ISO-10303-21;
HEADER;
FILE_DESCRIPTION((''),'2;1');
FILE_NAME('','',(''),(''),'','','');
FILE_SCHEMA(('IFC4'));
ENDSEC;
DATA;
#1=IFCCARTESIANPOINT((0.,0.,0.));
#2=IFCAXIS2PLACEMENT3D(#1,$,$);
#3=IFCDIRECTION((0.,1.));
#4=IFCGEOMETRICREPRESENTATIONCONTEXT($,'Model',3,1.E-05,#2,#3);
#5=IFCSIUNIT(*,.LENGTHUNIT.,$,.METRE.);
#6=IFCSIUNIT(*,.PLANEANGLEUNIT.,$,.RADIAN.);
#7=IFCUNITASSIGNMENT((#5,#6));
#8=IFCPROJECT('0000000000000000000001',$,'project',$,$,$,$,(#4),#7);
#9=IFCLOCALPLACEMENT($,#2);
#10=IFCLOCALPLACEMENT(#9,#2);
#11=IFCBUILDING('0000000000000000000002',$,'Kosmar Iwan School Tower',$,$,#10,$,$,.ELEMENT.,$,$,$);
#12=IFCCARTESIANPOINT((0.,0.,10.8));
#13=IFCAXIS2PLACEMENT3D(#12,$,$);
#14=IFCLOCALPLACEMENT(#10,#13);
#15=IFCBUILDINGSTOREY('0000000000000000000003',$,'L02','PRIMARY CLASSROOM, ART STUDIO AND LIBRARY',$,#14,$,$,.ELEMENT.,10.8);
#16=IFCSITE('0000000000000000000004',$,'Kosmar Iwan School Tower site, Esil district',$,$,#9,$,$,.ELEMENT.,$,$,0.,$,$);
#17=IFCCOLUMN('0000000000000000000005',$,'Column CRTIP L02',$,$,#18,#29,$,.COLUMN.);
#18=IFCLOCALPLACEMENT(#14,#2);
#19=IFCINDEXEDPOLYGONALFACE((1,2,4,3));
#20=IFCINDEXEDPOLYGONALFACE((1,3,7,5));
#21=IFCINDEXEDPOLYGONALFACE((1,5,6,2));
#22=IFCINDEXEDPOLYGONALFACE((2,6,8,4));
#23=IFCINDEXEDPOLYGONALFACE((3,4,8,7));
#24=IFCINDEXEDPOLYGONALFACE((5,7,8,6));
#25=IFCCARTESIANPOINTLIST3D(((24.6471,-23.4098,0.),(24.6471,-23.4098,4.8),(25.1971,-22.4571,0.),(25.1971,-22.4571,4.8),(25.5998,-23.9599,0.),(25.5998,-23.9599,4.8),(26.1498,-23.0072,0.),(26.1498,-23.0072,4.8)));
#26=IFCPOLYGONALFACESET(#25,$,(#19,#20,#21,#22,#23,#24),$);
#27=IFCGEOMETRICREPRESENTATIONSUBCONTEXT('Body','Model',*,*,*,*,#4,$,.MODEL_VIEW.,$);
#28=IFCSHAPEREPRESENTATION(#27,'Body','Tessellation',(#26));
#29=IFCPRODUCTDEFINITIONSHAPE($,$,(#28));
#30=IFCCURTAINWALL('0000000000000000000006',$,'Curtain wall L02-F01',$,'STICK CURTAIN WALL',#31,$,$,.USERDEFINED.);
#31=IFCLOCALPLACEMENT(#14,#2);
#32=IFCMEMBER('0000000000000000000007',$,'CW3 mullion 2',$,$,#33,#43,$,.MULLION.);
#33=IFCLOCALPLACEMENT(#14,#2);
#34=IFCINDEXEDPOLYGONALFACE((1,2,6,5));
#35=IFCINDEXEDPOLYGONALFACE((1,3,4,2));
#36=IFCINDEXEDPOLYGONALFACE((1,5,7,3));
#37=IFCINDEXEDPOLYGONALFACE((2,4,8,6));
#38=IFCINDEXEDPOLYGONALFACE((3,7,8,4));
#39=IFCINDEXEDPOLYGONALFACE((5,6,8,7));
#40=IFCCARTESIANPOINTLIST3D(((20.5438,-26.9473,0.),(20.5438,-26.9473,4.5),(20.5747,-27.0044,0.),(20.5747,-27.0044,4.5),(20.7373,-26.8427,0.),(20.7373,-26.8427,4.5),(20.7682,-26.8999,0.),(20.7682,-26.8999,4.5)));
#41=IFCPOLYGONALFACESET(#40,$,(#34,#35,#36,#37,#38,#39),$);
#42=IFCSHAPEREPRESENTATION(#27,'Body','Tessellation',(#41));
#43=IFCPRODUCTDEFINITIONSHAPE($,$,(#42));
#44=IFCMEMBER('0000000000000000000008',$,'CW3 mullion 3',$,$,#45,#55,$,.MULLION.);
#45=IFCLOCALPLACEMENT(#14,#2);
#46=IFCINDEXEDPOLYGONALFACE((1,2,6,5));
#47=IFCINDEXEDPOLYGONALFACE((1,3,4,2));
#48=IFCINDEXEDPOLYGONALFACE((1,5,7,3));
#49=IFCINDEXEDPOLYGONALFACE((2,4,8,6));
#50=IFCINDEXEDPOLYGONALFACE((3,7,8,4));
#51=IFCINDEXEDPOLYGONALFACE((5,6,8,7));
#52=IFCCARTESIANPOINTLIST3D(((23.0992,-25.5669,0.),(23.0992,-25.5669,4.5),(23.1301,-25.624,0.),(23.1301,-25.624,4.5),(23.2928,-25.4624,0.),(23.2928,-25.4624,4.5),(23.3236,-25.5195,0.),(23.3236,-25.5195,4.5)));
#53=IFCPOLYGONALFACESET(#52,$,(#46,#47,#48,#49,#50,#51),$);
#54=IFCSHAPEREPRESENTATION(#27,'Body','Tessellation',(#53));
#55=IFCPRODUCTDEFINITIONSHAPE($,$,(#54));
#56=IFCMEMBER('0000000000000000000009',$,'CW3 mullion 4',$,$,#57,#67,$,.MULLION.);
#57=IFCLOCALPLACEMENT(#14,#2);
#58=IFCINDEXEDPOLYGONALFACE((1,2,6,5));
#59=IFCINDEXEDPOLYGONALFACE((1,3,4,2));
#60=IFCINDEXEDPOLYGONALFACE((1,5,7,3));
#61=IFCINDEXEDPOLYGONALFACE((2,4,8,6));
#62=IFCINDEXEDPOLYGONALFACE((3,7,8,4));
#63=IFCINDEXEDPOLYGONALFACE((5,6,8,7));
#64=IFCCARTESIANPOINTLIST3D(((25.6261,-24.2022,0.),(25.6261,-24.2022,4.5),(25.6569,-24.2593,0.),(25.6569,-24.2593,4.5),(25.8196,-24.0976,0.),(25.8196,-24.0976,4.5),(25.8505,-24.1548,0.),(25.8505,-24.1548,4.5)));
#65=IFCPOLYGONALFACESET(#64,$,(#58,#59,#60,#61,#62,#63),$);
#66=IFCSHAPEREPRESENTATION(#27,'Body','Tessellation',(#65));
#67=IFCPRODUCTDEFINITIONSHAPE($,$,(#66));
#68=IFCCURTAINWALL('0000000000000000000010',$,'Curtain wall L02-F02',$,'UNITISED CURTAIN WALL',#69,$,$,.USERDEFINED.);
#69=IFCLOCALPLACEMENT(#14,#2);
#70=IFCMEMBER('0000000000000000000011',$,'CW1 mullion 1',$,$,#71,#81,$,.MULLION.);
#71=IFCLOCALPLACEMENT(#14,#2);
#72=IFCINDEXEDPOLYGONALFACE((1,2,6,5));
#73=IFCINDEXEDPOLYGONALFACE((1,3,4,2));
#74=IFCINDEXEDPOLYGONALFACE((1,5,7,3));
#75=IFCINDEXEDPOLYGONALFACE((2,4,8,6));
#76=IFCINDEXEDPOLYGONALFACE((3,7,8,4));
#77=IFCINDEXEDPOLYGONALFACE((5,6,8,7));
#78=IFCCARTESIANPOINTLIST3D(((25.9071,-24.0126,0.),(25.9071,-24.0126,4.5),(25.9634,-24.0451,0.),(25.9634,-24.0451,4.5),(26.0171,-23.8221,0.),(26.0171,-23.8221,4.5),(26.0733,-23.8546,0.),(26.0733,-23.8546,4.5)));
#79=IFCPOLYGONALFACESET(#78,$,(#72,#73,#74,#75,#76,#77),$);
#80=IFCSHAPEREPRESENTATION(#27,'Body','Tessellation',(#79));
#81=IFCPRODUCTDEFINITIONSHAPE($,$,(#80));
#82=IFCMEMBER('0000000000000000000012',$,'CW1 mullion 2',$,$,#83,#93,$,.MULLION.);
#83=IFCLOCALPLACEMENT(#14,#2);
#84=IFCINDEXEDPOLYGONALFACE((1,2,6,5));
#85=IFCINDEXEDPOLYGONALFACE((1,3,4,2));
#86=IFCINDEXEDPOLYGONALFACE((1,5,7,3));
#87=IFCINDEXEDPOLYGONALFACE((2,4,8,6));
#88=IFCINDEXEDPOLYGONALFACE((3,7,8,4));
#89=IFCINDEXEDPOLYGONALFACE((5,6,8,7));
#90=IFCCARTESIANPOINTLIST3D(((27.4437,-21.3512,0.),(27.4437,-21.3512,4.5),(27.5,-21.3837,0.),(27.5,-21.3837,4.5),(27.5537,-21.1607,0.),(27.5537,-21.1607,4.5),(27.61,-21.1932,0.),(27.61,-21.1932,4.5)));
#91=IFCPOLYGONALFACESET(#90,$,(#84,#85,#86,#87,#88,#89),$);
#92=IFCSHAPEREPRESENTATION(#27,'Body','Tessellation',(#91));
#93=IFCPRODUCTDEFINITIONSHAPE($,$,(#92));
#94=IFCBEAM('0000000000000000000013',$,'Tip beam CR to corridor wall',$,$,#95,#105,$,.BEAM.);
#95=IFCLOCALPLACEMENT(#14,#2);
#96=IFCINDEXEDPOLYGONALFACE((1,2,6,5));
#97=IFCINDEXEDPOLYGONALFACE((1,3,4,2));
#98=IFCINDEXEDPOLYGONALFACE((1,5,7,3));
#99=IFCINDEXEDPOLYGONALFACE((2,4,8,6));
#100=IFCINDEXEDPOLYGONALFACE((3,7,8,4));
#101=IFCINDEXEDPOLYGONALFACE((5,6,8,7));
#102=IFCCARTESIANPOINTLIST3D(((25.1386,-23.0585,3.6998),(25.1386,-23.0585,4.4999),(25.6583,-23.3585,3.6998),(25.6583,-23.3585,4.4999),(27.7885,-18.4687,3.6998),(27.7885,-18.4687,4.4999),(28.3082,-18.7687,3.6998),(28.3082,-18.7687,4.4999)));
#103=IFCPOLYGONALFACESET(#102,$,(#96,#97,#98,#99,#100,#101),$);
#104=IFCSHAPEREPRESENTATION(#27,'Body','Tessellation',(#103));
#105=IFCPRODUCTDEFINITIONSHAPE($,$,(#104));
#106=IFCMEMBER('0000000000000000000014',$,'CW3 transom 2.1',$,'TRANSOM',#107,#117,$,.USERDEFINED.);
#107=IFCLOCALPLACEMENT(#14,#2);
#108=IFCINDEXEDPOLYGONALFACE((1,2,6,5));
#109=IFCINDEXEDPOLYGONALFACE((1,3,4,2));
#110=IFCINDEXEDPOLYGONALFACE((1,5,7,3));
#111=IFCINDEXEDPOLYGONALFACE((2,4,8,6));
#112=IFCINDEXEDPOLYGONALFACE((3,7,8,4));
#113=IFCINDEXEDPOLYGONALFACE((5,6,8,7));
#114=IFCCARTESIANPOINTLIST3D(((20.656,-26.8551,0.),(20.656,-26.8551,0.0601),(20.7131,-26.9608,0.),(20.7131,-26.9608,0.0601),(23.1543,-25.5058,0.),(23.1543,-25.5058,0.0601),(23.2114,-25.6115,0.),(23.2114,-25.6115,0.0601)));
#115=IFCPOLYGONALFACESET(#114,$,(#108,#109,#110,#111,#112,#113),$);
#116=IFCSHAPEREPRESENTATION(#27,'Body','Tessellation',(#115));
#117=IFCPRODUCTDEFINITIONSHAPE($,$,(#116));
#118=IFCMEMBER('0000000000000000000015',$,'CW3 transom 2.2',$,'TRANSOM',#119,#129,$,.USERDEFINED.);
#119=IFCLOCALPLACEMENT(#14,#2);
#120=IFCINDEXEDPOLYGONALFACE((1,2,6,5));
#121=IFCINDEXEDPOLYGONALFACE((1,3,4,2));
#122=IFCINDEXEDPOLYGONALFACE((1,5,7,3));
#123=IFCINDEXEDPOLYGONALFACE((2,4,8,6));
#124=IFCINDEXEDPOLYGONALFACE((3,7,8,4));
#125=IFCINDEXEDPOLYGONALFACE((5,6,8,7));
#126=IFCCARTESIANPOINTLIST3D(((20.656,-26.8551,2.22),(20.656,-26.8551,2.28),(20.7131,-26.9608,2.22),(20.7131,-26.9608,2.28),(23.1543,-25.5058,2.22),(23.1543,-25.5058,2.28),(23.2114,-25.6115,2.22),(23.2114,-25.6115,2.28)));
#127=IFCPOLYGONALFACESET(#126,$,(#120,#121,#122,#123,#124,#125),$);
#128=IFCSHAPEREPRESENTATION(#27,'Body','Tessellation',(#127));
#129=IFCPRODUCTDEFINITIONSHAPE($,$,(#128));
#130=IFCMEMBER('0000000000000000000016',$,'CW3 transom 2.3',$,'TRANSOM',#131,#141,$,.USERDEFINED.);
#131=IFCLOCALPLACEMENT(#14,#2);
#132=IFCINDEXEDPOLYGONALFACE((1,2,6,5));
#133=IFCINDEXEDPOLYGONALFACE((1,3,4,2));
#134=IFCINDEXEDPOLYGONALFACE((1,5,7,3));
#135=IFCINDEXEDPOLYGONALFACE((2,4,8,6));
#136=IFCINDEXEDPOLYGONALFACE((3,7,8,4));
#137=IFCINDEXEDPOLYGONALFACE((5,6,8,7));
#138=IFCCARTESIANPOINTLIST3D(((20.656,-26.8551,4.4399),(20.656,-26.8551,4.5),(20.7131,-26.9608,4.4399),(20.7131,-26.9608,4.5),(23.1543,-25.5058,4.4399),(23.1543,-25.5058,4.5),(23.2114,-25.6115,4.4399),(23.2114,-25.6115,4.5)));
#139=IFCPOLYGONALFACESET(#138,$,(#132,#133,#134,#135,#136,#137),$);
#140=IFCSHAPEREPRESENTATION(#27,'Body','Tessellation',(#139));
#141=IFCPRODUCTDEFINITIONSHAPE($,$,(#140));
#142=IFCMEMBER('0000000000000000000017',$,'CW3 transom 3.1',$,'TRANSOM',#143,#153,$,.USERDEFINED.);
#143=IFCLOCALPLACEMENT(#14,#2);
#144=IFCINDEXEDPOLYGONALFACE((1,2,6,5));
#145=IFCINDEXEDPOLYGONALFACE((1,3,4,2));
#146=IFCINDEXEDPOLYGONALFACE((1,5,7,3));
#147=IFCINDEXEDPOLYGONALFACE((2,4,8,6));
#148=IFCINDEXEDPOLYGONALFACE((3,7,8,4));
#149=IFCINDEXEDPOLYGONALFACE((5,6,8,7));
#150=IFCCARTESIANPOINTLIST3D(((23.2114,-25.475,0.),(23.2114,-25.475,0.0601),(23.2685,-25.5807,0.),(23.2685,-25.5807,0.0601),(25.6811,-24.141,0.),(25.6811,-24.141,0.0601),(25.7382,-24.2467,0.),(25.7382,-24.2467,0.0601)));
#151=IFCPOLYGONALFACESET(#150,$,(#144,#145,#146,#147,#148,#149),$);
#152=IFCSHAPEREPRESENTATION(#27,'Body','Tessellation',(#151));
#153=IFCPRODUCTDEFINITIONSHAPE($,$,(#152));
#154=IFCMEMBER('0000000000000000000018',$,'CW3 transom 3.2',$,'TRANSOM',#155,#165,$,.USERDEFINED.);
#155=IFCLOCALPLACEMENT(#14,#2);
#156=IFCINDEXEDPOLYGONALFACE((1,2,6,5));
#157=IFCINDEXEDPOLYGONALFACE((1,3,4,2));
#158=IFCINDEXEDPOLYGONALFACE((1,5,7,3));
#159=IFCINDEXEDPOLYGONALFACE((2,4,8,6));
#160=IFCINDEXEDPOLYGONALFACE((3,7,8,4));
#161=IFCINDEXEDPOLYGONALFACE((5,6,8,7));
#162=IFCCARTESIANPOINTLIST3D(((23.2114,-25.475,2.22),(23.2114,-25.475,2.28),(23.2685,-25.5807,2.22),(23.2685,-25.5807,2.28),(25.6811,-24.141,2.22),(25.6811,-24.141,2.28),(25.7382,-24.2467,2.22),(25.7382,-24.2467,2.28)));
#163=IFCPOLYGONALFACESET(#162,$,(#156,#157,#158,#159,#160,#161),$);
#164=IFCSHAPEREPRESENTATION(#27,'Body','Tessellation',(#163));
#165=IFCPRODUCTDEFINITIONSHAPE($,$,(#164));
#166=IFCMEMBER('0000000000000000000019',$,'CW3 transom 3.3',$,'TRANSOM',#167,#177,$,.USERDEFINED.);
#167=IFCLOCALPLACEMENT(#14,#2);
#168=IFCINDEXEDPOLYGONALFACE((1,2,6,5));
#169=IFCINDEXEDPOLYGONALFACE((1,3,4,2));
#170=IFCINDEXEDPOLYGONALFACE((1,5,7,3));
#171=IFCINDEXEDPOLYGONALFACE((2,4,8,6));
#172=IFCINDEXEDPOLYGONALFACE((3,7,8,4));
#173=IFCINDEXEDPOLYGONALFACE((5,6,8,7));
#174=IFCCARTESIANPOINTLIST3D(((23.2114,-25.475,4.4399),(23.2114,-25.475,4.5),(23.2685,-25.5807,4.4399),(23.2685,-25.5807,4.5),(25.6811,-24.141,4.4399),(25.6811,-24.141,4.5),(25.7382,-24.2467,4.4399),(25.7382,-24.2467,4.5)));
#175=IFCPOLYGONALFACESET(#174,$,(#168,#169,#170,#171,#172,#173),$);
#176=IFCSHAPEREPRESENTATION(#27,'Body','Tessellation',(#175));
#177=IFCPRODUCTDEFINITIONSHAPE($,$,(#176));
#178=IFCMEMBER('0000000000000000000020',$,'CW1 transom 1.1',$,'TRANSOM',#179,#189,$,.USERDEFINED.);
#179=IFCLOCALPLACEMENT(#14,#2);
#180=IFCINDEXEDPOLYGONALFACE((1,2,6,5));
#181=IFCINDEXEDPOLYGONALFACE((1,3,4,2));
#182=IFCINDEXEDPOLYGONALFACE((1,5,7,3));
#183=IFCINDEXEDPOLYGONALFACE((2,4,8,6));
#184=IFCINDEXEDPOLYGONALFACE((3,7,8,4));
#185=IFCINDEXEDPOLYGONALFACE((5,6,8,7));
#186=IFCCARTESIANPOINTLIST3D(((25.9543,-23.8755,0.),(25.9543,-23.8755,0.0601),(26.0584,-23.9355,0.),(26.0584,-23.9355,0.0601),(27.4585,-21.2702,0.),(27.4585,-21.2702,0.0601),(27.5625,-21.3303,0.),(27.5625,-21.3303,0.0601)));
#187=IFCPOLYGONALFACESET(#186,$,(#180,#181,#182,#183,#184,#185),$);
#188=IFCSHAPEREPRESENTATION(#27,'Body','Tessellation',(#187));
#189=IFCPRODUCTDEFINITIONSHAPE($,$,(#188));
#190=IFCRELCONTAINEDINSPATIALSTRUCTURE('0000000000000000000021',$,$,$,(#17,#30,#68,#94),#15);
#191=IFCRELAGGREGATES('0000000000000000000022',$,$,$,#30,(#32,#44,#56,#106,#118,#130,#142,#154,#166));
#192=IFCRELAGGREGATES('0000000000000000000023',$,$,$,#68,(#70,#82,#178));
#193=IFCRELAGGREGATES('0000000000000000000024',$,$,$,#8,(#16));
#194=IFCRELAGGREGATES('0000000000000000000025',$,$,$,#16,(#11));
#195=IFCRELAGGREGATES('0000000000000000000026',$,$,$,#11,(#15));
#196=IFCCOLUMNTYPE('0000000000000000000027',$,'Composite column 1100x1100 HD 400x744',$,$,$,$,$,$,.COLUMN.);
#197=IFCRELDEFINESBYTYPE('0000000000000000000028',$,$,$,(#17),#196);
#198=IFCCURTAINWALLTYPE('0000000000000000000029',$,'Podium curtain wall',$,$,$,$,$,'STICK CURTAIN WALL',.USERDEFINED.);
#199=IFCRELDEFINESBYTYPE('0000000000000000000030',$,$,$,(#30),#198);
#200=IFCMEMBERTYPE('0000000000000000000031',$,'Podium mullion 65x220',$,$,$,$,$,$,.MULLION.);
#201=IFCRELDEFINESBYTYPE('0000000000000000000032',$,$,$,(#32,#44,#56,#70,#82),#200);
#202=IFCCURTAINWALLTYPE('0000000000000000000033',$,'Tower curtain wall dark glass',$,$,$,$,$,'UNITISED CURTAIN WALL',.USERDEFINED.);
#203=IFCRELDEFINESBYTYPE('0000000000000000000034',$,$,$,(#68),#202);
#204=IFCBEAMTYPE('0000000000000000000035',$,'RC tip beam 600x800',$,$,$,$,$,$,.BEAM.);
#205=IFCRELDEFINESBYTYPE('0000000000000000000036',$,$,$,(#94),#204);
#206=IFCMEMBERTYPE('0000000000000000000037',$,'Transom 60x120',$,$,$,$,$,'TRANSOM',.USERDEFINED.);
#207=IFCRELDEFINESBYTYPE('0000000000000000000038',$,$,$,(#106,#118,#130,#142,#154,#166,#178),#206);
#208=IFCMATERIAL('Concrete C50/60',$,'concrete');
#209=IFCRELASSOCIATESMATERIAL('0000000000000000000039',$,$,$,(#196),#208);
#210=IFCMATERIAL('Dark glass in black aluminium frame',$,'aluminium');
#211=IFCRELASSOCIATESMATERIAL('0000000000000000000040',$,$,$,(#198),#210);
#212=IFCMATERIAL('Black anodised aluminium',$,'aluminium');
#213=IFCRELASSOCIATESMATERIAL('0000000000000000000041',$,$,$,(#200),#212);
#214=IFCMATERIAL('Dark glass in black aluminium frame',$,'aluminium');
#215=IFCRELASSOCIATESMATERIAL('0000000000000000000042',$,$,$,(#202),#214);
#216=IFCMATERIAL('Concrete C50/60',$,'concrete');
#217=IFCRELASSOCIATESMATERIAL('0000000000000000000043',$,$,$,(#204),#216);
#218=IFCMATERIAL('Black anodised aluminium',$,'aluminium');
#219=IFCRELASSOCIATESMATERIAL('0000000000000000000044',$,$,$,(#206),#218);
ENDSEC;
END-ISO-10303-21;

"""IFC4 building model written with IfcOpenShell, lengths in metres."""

from ifc_helpers import new_model, si_unit, direction, frame, origin, origin_2d, place, context, subcontext, project, spatial, rectangle, extrude, material, material_profile, profile_set, type_object, element, aggregate, save


model = new_model("IFC4")

# Units and contexts
model_context = context("Model", 3, precision=1e-05, world=origin(), true_north=direction((0.0, 1.0)))
body_context = subcontext(model_context, "Body", "Model", "MODEL_VIEW")
ifc_project = project(units=[si_unit("LENGTHUNIT", "METRE"), si_unit("PLANEANGLEUNIT", "RADIAN")], contexts=[model_context])

# Site, building, storey
site_placement = place(None, origin())
site = spatial("IfcSite", under=ifc_project, at=site_placement, Name="Kosmar Iwan School Tower site, Esil district", CompositionType="ELEMENT", RefElevation=0.0)
building_placement = place(site_placement, origin())
building = spatial("IfcBuilding", under=site, at=building_placement, Name="Kosmar Iwan School Tower", CompositionType="ELEMENT")
storey_placement = place(building_placement, frame((0.0, 0.0, 10.8)))
storey = spatial("IfcBuildingStorey", under=building, at=storey_placement, Name="L02", Description="PRIMARY CLASSROOM, ART STUDIO AND LIBRARY", CompositionType="ELEMENT", Elevation=10.8)

# Column
ifc_material_1 = material(Name="Concrete C50/60", Category="concrete")
ifc_material_profile_1 = material_profile(ifc_material_1, rectangle(XDim=1.1001, YDim=1.1001, at=origin_2d()), Name="RC 1100x1100 + HD 400x744")
ifc_profile_set_1 = profile_set([ifc_material_profile_1], Name="Concrete C50/60")
column_type = type_object("IfcColumnType", Name="Composite column 1100x1100 HD 400x744", PredefinedType="COLUMN", material=ifc_profile_set_1)
column_placement = place(storey_placement, frame((25.3984, -23.2085, 0.0), z_axis=(0.0, 0.0, 1.0), x_axis=(0.866025, -0.5, 0.0)))
element("IfcColumn", 1, at=column_placement, inside=storey, type_object=column_type, Name="Column CRTIP L02", PredefinedType="COLUMN", context=body_context, shape_type="SweptSolid", body=[
    extrude(rectangle(XDim=1.1001, YDim=1.1001, at=origin_2d()), origin(), (0.0, 0.0, 1.0), 4.8),
])

# Curtain walls, members
ifc_material_2 = material(Name="Dark glass in black aluminium frame", Category="aluminium")
curtain_wall_type_1 = type_object("IfcCurtainWallType", Name="Podium curtain wall", ElementType="STICK CURTAIN WALL", PredefinedType="USERDEFINED", material=ifc_material_2)
curtain_wall_1_placement = place(storey_placement, origin())
curtain_wall_1 = element("IfcCurtainWall", 2, at=curtain_wall_1_placement, inside=storey, type_object=curtain_wall_type_1, Name="Curtain wall L02-F01", ObjectType="STICK CURTAIN WALL", PredefinedType="USERDEFINED")
ifc_material_3 = material(Name="Black anodised aluminium", Category="aluminium")
ifc_material_profile_2 = material_profile(ifc_material_3, rectangle(XDim=0.0649, YDim=0.22, at=origin_2d()), Name="MULLION 65x220")
ifc_profile_set_2 = profile_set([ifc_material_profile_2], Name="Black anodised aluminium")
member_type_1 = type_object("IfcMemberType", Name="Podium mullion 65x220", PredefinedType="MULLION", material=ifc_profile_set_2)
member_1_placement = place(storey_placement, frame((20.656, -26.9236, 0.0), z_axis=(0.0, 0.0, 1.0), x_axis=(-0.475215, 0.879869, 0.0)))
member_1 = element("IfcMember", 3, at=member_1_placement, type_object=member_type_1, Name="CW3 mullion 2", PredefinedType="MULLION", context=body_context, shape_type="SweptSolid", body=[
    extrude(rectangle(XDim=0.0649, YDim=0.22, at=origin_2d()), origin(), (0.0, 0.0, 1.0), 4.5),
])
member_2_placement = place(storey_placement, frame((23.2114, -25.5432, 0.0), z_axis=(0.0, 0.0, 1.0), x_axis=(-0.475215, 0.879869, 0.0)))
member_2 = element("IfcMember", 4, at=member_2_placement, type_object=member_type_1, Name="CW3 mullion 3", PredefinedType="MULLION", context=body_context, shape_type="SweptSolid", body=[
    extrude(rectangle(XDim=0.0649, YDim=0.22, at=origin_2d()), origin(), (0.0, 0.0, 1.0), 4.5),
])
member_3_placement = place(storey_placement, frame((25.7383, -24.1785, 0.0), z_axis=(0.0, 0.0, 1.0), x_axis=(-0.475215, 0.879869, 0.0)))
member_3 = element("IfcMember", 5, at=member_3_placement, type_object=member_type_1, Name="CW3 mullion 4", PredefinedType="MULLION", context=body_context, shape_type="SweptSolid", body=[
    extrude(rectangle(XDim=0.0649, YDim=0.22, at=origin_2d()), origin(), (0.0, 0.0, 1.0), 4.5),
])
ifc_material_4 = material(Name="Dark glass in black aluminium frame", Category="aluminium")
curtain_wall_type_2 = type_object("IfcCurtainWallType", Name="Tower curtain wall dark glass", ElementType="UNITISED CURTAIN WALL", PredefinedType="USERDEFINED", material=ifc_material_4)
curtain_wall_2_placement = place(storey_placement, origin())
curtain_wall_2 = element("IfcCurtainWall", 6, at=curtain_wall_2_placement, inside=storey, type_object=curtain_wall_type_2, Name="Curtain wall L02-F02", ObjectType="UNITISED CURTAIN WALL", PredefinedType="USERDEFINED")
member_4_placement = place(storey_placement, frame((25.9902, -23.9336, 0.0), z_axis=(0.0, 0.0, 1.0), x_axis=(-0.866025, 0.5, 0.0)))
member_4 = element("IfcMember", 7, at=member_4_placement, type_object=member_type_1, Name="CW1 mullion 1", PredefinedType="MULLION", context=body_context, shape_type="SweptSolid", body=[
    extrude(rectangle(XDim=0.0649, YDim=0.22, at=origin_2d()), origin(), (0.0, 0.0, 1.0), 4.5),
])
member_5_placement = place(storey_placement, frame((27.5269, -21.2722, 0.0), z_axis=(0.0, 0.0, 1.0), x_axis=(-0.866025, 0.5, 0.0)))
member_5 = element("IfcMember", 8, at=member_5_placement, type_object=member_type_1, Name="CW1 mullion 2", PredefinedType="MULLION", context=body_context, shape_type="SweptSolid", body=[
    extrude(rectangle(XDim=0.0649, YDim=0.22, at=origin_2d()), origin(), (0.0, 0.0, 1.0), 4.5),
])

# Beam
ifc_material_5 = material(Name="Concrete C50/60", Category="concrete")
ifc_material_profile_3 = material_profile(ifc_material_5, rectangle(XDim=0.6001, YDim=0.8, at=origin_2d()), Name="RC 600x800")
ifc_profile_set_3 = profile_set([ifc_material_profile_3], Name="Concrete C50/60")
beam_type = type_object("IfcBeamType", Name="RC tip beam 600x800", PredefinedType="BEAM", material=ifc_profile_set_3)
beam_placement = place(storey_placement, frame((25.3984, -23.2085, 4.0999), z_axis=(0.499994, 0.866029, 0.0), x_axis=(-0.866029, 0.499994, 0.0)))
element("IfcBeam", 9, at=beam_placement, inside=storey, type_object=beam_type, Name="Tip beam CR to corridor wall", PredefinedType="BEAM", context=body_context, shape_type="SweptSolid", body=[
    extrude(rectangle(XDim=0.6001, YDim=0.8, at=origin_2d()), origin(), (0.0, 0.0, 1.0), 5.2998),
])

# Members
ifc_material_6 = material(Name="Black anodised aluminium", Category="aluminium")
ifc_material_profile_4 = material_profile(ifc_material_6, rectangle(XDim=0.1201, YDim=0.0601, at=origin_2d()), Name="TRANSOM 60x120")
ifc_profile_set_4 = profile_set([ifc_material_profile_4], Name="Black anodised aluminium")
member_type_2 = type_object("IfcMemberType", Name="Transom 60x120", ElementType="TRANSOM", PredefinedType="USERDEFINED", material=ifc_profile_set_4)
member_6_placement = place(storey_placement, frame((20.6846, -26.908, 0.03), z_axis=(0.879863, 0.475227, 0.0), x_axis=(-0.475227, 0.879863, 0.0)))
member_6 = element("IfcMember", 10, at=member_6_placement, type_object=member_type_2, Name="CW3 transom 2.1", ObjectType="TRANSOM", PredefinedType="USERDEFINED", context=body_context, shape_type="SweptSolid", body=[
    extrude(rectangle(XDim=0.1201, YDim=0.0601, at=origin_2d()), origin(), (0.0, 0.0, 1.0), 2.8394),
])
member_7_placement = place(storey_placement, frame((20.6846, -26.908, 2.25), z_axis=(0.879863, 0.475227, 0.0), x_axis=(-0.475227, 0.879863, 0.0)))
member_7 = element("IfcMember", 11, at=member_7_placement, type_object=member_type_2, Name="CW3 transom 2.2", ObjectType="TRANSOM", PredefinedType="USERDEFINED", context=body_context, shape_type="SweptSolid", body=[
    extrude(rectangle(XDim=0.1201, YDim=0.0601, at=origin_2d()), origin(), (0.0, 0.0, 1.0), 2.8394),
])
member_8_placement = place(storey_placement, frame((20.6846, -26.908, 4.47), z_axis=(0.879863, 0.475227, 0.0), x_axis=(-0.475227, 0.879863, 0.0)))
member_8 = element("IfcMember", 12, at=member_8_placement, type_object=member_type_2, Name="CW3 transom 2.3", ObjectType="TRANSOM", PredefinedType="USERDEFINED", context=body_context, shape_type="SweptSolid", body=[
    extrude(rectangle(XDim=0.1201, YDim=0.0601, at=origin_2d()), origin(), (0.0, 0.0, 1.0), 2.8394),
])
member_9_placement = place(storey_placement, frame((23.24, -25.5278, 0.03), z_axis=(0.879856, 0.47524, 0.0), x_axis=(-0.47524, 0.879856, 0.0)))
member_9 = element("IfcMember", 13, at=member_9_placement, type_object=member_type_2, Name="CW3 transom 3.1", ObjectType="TRANSOM", PredefinedType="USERDEFINED", context=body_context, shape_type="SweptSolid", body=[
    extrude(rectangle(XDim=0.1201, YDim=0.0601, at=origin_2d()), origin(), (0.0, 0.0, 1.0), 2.8069),
])
member_10_placement = place(storey_placement, frame((23.24, -25.5278, 2.25), z_axis=(0.879856, 0.47524, 0.0), x_axis=(-0.47524, 0.879856, 0.0)))
member_10 = element("IfcMember", 14, at=member_10_placement, type_object=member_type_2, Name="CW3 transom 3.2", ObjectType="TRANSOM", PredefinedType="USERDEFINED", context=body_context, shape_type="SweptSolid", body=[
    extrude(rectangle(XDim=0.1201, YDim=0.0601, at=origin_2d()), origin(), (0.0, 0.0, 1.0), 2.8069),
])
member_11_placement = place(storey_placement, frame((23.24, -25.5278, 4.47), z_axis=(0.879856, 0.47524, 0.0), x_axis=(-0.47524, 0.879856, 0.0)))
member_11 = element("IfcMember", 15, at=member_11_placement, type_object=member_type_2, Name="CW3 transom 3.3", ObjectType="TRANSOM", PredefinedType="USERDEFINED", context=body_context, shape_type="SweptSolid", body=[
    extrude(rectangle(XDim=0.1201, YDim=0.0601, at=origin_2d()), origin(), (0.0, 0.0, 1.0), 2.8069),
])
member_12_placement = place(storey_placement, frame((26.0063, -23.9055, 0.03), z_axis=(0.500006, 0.866022, 0.0), x_axis=(-0.866022, 0.500006, 0.0)))
member_12 = element("IfcMember", 16, at=member_12_placement, type_object=member_type_2, Name="CW1 transom 1.1", ObjectType="TRANSOM", PredefinedType="USERDEFINED", context=body_context, shape_type="SweptSolid", body=[
    extrude(rectangle(XDim=0.1201, YDim=0.0601, at=origin_2d()), origin(), (0.0, 0.0, 1.0), 3.0083),
])

aggregate(curtain_wall_1, [member_1, member_2, member_3, member_6, member_7, member_8, member_9, member_10, member_11])
aggregate(curtain_wall_2, [member_4, member_5, member_12])

save(model, "model.ifc")
